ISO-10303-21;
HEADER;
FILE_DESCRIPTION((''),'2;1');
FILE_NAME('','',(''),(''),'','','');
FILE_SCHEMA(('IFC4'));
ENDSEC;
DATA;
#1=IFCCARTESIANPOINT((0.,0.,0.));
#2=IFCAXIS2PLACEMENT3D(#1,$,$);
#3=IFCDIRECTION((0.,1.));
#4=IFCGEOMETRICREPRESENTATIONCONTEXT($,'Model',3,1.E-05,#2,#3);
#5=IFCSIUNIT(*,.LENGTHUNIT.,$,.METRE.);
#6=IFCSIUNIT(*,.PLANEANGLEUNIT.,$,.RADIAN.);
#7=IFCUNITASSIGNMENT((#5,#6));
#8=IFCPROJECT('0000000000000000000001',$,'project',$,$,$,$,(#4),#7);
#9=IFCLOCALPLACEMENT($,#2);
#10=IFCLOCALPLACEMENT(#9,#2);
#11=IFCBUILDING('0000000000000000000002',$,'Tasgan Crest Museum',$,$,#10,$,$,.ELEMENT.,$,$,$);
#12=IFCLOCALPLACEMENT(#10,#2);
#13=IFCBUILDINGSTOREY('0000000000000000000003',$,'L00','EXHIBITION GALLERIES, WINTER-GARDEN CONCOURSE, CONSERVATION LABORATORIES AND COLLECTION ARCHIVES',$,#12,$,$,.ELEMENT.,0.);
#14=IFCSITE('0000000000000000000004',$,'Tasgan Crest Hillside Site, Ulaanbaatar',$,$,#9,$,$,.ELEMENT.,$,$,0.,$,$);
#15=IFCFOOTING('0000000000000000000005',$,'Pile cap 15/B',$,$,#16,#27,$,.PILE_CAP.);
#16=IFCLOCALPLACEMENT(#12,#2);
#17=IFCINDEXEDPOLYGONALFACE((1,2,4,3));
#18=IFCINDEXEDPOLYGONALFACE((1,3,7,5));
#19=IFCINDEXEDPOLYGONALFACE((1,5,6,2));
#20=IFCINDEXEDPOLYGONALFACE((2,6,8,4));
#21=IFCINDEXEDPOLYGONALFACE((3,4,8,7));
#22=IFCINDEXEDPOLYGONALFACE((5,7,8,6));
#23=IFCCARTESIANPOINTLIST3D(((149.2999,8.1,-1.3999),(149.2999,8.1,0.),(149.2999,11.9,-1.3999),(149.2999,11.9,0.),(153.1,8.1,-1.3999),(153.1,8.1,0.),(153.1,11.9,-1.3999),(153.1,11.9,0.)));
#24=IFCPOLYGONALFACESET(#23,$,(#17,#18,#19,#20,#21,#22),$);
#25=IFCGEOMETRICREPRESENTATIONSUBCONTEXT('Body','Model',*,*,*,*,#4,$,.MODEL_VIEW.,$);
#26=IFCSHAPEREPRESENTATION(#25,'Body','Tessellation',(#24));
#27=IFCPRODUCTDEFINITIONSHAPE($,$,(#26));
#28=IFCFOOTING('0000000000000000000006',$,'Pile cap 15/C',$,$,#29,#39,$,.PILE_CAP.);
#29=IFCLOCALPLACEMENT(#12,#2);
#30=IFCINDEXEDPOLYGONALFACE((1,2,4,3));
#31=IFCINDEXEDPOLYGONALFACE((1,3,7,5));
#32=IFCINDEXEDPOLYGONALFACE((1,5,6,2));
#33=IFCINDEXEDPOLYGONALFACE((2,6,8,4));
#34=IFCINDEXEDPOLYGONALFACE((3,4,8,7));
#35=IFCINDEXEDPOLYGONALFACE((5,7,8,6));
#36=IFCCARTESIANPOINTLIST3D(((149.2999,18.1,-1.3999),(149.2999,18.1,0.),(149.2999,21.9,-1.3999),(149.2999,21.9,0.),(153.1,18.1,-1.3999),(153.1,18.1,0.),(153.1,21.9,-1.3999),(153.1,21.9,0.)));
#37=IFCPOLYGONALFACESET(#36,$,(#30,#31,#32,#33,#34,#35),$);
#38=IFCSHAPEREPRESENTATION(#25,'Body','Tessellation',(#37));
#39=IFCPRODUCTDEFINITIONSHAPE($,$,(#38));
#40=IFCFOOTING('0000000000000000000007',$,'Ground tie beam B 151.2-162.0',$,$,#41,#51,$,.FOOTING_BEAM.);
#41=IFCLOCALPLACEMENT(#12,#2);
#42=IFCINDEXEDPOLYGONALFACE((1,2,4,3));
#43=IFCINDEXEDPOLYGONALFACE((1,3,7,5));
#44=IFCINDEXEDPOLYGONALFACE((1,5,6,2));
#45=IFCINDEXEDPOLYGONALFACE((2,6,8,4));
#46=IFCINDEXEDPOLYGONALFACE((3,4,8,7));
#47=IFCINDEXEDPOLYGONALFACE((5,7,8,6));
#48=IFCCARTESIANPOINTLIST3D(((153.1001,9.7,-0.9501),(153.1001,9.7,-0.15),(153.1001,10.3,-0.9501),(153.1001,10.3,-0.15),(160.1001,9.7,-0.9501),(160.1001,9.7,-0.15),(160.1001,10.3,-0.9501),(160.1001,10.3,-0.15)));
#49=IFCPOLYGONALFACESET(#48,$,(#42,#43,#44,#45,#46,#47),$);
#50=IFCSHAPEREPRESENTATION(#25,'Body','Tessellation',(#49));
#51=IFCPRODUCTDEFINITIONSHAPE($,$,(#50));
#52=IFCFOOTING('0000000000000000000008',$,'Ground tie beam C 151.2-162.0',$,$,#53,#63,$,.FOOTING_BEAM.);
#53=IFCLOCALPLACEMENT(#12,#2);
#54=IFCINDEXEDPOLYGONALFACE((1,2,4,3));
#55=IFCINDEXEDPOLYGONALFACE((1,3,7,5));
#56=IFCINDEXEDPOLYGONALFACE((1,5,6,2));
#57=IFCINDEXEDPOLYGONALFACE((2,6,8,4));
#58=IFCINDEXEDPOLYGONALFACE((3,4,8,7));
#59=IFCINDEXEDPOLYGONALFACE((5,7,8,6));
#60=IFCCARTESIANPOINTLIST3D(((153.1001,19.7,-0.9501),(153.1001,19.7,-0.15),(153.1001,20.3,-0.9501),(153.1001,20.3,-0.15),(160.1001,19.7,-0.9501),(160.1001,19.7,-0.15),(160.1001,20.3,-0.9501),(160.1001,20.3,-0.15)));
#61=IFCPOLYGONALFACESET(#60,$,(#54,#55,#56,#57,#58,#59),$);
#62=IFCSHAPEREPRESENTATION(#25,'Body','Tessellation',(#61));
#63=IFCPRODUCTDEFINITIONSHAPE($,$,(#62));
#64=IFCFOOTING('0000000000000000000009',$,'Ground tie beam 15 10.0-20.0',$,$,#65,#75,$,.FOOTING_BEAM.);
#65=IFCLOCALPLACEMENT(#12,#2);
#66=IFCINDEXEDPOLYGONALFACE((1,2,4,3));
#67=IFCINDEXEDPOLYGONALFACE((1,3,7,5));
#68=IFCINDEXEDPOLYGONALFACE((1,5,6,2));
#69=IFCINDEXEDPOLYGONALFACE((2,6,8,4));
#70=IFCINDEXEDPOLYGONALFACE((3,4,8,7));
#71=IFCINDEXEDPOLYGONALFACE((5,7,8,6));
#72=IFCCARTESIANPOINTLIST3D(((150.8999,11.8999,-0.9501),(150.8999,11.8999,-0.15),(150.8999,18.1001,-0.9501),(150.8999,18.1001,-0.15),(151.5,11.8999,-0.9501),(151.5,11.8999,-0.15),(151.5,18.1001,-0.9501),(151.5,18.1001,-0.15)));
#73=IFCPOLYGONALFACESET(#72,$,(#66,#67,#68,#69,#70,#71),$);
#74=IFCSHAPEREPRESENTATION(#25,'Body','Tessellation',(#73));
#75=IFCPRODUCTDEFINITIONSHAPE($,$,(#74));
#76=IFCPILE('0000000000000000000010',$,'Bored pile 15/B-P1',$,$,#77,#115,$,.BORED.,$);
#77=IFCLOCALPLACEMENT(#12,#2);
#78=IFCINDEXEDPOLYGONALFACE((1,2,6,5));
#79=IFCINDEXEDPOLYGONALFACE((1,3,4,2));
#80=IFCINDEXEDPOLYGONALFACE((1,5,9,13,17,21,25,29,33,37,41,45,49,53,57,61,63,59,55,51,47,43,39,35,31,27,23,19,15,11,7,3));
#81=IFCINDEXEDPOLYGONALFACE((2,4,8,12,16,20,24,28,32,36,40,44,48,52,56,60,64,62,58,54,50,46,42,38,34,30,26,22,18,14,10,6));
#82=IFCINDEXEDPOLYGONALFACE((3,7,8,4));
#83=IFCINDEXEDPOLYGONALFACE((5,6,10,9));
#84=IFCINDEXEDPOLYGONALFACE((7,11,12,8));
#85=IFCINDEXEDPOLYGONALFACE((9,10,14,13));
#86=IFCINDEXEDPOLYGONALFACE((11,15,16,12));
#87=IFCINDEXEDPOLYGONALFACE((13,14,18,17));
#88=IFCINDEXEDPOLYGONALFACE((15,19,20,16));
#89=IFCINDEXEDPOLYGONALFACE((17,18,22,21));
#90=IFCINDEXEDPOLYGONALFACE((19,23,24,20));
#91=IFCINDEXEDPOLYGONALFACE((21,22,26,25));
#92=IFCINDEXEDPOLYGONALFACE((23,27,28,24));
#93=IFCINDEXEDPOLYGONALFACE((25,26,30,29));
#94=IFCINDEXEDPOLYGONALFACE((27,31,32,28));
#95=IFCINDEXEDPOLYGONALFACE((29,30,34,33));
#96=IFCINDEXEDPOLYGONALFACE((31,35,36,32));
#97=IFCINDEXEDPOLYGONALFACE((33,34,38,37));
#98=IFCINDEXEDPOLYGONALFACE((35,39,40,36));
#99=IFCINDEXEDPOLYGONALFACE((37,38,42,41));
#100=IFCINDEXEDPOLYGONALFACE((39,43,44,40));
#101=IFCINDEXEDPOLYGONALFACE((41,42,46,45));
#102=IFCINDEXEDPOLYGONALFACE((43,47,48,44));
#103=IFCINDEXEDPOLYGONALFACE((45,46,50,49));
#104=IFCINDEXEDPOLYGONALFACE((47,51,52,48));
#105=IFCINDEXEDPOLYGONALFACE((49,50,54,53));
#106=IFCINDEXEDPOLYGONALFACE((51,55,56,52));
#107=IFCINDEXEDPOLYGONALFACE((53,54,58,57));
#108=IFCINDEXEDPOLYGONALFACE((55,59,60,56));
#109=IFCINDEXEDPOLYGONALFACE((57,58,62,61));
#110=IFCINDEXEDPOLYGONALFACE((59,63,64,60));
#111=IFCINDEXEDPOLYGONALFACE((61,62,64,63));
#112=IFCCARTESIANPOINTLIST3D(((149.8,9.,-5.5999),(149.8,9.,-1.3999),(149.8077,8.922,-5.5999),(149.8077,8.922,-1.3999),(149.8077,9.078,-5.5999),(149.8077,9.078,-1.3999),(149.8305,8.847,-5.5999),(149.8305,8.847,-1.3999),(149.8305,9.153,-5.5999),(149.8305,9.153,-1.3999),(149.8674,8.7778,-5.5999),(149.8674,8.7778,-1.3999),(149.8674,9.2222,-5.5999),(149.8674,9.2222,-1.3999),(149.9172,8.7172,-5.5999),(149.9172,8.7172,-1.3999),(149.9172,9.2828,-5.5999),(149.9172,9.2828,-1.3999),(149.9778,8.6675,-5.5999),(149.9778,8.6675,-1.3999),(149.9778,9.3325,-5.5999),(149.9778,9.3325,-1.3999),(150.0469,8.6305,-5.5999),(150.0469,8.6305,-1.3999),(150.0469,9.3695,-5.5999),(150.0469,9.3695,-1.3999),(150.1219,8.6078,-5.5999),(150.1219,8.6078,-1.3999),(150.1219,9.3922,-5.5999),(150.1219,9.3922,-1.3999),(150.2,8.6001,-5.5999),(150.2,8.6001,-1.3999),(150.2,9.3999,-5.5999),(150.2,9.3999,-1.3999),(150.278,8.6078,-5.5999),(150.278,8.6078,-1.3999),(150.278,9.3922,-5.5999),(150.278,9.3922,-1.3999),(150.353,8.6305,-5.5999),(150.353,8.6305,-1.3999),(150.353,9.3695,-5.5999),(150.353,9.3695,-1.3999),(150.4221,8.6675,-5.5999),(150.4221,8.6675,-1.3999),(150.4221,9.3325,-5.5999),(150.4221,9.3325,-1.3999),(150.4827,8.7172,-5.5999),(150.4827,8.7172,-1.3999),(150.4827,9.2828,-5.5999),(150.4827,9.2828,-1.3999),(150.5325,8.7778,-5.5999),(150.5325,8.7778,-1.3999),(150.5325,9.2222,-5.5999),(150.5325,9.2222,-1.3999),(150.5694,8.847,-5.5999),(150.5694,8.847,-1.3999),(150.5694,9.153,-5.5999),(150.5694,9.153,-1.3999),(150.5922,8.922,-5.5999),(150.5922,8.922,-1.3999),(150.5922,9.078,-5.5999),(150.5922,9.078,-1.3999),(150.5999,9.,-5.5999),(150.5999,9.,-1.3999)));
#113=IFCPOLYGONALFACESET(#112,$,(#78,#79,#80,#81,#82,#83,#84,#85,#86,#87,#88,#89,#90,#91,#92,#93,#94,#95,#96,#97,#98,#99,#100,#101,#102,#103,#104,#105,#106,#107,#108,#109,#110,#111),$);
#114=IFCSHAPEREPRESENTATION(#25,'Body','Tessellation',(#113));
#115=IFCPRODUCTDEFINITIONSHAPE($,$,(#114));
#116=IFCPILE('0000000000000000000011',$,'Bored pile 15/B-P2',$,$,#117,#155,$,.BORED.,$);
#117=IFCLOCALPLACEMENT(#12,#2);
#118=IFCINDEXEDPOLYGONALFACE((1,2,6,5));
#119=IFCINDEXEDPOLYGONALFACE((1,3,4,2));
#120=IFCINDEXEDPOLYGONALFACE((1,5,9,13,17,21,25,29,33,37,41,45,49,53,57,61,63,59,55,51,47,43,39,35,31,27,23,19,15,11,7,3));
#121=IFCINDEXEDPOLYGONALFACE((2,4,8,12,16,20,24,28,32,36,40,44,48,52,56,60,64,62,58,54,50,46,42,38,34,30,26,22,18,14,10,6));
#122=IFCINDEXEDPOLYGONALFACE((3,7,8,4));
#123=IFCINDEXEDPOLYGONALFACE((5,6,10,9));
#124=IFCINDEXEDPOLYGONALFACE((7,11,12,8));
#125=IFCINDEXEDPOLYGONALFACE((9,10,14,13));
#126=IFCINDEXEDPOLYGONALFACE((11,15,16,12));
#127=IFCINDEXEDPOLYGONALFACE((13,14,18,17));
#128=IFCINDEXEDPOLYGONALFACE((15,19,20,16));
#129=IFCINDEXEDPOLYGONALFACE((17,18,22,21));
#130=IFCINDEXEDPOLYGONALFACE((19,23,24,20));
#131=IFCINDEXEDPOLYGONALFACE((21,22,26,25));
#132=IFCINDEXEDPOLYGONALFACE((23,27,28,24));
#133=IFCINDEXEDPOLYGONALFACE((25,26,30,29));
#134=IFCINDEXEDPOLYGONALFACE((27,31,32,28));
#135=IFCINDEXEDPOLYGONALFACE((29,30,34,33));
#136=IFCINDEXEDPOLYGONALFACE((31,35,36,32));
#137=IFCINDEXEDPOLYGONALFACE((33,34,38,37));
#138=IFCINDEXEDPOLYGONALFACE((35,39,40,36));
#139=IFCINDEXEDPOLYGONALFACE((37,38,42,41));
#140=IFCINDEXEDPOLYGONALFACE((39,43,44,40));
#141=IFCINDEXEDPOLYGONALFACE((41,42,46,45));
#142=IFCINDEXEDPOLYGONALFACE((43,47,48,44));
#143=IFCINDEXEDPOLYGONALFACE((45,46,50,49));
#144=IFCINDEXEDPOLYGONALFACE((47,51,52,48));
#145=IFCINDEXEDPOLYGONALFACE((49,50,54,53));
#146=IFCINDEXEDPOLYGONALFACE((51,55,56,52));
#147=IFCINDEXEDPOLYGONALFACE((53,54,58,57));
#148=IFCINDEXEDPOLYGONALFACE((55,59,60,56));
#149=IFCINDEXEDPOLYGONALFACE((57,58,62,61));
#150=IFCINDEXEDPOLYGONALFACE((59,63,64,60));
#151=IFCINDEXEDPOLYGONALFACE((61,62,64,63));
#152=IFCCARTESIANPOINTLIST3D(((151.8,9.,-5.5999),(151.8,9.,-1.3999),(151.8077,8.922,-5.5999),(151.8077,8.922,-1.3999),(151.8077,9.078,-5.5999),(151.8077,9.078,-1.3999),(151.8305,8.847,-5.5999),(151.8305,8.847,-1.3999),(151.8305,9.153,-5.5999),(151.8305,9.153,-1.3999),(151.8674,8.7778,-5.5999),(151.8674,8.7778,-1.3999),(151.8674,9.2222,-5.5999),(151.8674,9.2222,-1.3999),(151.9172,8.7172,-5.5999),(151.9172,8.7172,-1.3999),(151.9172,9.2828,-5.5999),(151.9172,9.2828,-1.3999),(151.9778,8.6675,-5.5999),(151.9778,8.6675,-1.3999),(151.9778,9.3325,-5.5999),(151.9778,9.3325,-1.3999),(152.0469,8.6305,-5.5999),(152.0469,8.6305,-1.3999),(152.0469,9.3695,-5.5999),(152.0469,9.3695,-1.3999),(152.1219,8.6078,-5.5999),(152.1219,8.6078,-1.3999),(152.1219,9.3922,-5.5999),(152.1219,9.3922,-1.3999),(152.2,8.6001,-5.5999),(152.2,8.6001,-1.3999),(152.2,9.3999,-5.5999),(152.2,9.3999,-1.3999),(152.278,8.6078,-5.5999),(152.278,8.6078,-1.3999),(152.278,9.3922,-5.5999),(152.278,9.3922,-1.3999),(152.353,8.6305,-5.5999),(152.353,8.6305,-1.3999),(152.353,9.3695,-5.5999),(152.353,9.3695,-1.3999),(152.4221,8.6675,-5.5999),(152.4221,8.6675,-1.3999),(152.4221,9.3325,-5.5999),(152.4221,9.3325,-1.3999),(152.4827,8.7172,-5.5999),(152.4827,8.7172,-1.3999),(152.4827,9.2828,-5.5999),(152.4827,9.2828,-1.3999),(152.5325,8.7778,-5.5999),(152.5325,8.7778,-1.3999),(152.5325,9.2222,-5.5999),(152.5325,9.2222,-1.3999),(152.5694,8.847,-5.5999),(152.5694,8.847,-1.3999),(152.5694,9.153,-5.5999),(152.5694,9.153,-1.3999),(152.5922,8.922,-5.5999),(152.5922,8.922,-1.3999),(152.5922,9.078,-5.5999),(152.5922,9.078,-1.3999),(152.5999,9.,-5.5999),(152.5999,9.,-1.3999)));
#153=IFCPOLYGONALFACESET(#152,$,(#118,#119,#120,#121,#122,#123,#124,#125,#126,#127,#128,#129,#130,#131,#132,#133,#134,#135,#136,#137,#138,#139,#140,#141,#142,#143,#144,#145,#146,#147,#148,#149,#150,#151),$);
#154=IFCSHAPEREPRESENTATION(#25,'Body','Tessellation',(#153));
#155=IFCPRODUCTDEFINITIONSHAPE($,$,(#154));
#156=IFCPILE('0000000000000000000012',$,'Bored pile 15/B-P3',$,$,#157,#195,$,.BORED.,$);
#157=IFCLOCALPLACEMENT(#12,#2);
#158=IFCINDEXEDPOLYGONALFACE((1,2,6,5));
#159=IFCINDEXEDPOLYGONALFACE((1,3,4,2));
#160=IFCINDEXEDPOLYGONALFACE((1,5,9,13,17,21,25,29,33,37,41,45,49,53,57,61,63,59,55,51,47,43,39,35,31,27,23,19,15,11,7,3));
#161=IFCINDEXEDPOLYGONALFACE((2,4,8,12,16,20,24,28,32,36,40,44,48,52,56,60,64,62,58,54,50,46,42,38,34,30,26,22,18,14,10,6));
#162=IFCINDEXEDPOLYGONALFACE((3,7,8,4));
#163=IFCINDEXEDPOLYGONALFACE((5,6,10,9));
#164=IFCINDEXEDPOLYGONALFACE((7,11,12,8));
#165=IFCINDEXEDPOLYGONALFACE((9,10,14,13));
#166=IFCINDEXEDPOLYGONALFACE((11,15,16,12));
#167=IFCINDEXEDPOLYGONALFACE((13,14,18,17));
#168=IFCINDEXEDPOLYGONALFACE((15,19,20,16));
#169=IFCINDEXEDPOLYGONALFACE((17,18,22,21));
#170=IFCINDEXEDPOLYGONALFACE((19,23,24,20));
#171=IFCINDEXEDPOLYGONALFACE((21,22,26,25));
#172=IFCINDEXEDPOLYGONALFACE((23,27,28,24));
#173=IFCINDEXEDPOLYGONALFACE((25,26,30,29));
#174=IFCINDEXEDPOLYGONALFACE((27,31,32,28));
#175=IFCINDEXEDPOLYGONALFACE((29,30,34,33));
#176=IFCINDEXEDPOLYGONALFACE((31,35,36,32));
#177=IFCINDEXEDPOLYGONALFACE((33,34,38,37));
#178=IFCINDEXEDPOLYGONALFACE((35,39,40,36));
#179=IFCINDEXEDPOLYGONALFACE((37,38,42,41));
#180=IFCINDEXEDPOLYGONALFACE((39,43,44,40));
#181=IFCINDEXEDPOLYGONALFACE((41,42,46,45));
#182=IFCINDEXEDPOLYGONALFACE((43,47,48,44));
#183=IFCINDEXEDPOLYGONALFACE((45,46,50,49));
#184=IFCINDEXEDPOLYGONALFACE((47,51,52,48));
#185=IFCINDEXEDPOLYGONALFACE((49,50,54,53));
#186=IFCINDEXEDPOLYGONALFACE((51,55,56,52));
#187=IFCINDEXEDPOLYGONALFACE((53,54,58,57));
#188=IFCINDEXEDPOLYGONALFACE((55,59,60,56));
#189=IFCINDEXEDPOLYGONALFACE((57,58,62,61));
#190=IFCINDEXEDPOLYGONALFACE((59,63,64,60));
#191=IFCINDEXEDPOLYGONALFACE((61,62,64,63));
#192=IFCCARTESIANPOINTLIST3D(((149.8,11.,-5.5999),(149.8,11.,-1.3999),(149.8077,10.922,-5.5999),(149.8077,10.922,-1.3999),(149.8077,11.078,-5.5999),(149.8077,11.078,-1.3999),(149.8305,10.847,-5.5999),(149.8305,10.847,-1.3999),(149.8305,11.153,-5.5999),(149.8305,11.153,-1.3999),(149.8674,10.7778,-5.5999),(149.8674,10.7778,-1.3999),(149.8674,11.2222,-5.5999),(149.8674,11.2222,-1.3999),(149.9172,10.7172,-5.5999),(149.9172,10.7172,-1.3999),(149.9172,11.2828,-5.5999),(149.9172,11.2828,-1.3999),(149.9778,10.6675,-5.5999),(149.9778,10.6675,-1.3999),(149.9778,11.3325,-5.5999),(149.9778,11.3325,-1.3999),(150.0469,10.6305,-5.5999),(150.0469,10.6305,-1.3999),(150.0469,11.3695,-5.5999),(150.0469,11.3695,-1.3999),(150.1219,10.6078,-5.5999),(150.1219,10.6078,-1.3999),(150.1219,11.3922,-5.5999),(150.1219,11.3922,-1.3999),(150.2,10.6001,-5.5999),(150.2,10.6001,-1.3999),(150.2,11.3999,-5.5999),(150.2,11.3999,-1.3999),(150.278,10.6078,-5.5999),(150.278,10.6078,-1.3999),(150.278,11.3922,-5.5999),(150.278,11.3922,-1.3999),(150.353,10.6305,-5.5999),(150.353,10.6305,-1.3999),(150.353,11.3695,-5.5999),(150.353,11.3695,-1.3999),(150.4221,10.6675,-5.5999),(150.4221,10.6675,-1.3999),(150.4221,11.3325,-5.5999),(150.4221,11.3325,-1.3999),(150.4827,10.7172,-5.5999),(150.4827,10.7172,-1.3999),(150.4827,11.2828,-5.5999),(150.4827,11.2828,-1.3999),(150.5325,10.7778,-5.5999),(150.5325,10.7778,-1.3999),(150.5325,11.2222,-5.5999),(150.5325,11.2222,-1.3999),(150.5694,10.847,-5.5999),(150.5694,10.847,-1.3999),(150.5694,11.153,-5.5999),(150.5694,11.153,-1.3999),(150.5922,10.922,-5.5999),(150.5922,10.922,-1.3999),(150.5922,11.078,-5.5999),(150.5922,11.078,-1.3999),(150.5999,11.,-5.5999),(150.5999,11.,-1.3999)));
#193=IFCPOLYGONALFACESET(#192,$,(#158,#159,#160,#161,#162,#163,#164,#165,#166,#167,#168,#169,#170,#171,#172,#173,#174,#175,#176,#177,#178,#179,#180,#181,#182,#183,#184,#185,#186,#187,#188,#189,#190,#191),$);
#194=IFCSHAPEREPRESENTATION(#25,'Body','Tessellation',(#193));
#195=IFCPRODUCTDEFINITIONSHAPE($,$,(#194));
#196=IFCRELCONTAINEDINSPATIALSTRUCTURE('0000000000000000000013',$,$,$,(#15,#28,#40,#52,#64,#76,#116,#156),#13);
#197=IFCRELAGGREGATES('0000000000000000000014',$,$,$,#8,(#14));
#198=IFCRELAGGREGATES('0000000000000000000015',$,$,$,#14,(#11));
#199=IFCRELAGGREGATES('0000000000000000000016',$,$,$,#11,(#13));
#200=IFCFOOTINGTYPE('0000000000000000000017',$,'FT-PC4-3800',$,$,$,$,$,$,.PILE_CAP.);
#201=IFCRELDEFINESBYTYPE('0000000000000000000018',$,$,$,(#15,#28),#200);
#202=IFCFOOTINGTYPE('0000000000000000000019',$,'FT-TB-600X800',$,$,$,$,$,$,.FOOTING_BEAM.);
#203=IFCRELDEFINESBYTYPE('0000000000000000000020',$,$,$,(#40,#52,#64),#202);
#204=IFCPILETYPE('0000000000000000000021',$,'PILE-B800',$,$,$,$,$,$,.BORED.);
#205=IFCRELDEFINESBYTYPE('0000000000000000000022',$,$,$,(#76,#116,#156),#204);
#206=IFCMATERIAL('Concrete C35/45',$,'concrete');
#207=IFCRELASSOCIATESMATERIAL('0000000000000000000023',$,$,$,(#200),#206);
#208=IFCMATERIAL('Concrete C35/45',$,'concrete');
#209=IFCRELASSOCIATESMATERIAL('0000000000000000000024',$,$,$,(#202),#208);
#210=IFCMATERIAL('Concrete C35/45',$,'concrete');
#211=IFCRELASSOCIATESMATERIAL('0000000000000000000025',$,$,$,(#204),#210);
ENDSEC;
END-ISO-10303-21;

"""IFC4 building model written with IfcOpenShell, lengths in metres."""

from ifc_helpers import new_model, si_unit, direction, frame, origin, origin_2d, place, context, subcontext, project, spatial, rectangle, circle, extrude, material, material_profile, profile_set, type_object, element, save


model = new_model("IFC4")

# Units and contexts
model_context = context("Model", 3, precision=1e-05, world=origin(), true_north=direction((0.0, 1.0)))
body_context = subcontext(model_context, "Body", "Model", "MODEL_VIEW")
ifc_project = project(units=[si_unit("LENGTHUNIT", "METRE"), si_unit("PLANEANGLEUNIT", "RADIAN")], contexts=[model_context])

# Site, building, storey
site_placement = place(None, origin())
site = spatial("IfcSite", under=ifc_project, at=site_placement, Name="Tasgan Crest Hillside Site, Ulaanbaatar", CompositionType="ELEMENT", RefElevation=0.0)
building_placement = place(site_placement, origin())
building = spatial("IfcBuilding", under=site, at=building_placement, Name="Tasgan Crest Museum", CompositionType="ELEMENT")
storey_placement = place(building_placement, origin())
storey = spatial("IfcBuildingStorey", under=building, at=storey_placement, Name="L00", Description="EXHIBITION GALLERIES, WINTER-GARDEN CONCOURSE, CONSERVATION LABORATORIES AND COLLECTION ARCHIVES", CompositionType="ELEMENT", Elevation=0.0)

# Footings
ifc_material_1 = material(Name="Concrete C35/45", Category="concrete")
footing_type_1 = type_object("IfcFootingType", Name="FT-PC4-3800", PredefinedType="PILE_CAP", material=ifc_material_1)
for number, where, z_axis, x_axis, name in (
    (1, (151.2, 10.0, -1.3999), (0.0, 0.0, 1.0), (1.0, 0.0, 0.0), "Pile cap 15/B"),
    (2, (151.2, 20.0, -1.3999), (0.0, 0.0, 1.0), (1.0, 0.0, 0.0), "Pile cap 15/C"),
):
    element("IfcFooting", number, at=place(storey_placement, frame(where, z_axis=z_axis, x_axis=x_axis)), inside=storey, type_object=footing_type_1, Name=name, PredefinedType="PILE_CAP", context=body_context, shape_type="SweptSolid", body=[
        extrude(rectangle(XDim=3.8, YDim=3.8, at=origin_2d()), origin(), (0.0, 0.0, 1.0), 1.3999),
    ])
ifc_material_2 = material(Name="Concrete C35/45", Category="concrete")
ifc_material_profile_1 = material_profile(ifc_material_2, rectangle(XDim=0.6001, YDim=0.8, at=origin_2d()), Name="TB 600x800")
ifc_profile_set_1 = profile_set([ifc_material_profile_1], Name="Concrete C35/45")
footing_type_2 = type_object("IfcFootingType", Name="FT-TB-600X800", PredefinedType="FOOTING_BEAM", material=ifc_profile_set_1)
for number, where, z_axis, x_axis, name in (
    (3, (153.1001, 10.0, -0.55), (1.0, 0.0, 0.0), (0.0, 1.0, 0.0), "Ground tie beam B 151.2-162.0"),
    (4, (153.1001, 20.0, -0.55), (1.0, 0.0, 0.0), (0.0, 1.0, 0.0), "Ground tie beam C 151.2-162.0"),
):
    element("IfcFooting", number, at=place(storey_placement, frame(where, z_axis=z_axis, x_axis=x_axis)), inside=storey, type_object=footing_type_2, Name=name, PredefinedType="FOOTING_BEAM", context=body_context, shape_type="SweptSolid", body=[
        extrude(rectangle(XDim=0.6001, YDim=0.8, at=origin_2d()), origin(), (0.0, 0.0, 1.0), 7.0),
    ])
footing_placement = place(storey_placement, frame((151.2, 11.8999, -0.55), z_axis=(0.0, 1.0, 0.0), x_axis=(-1.0, 0.0, 0.0)))
element("IfcFooting", 5, at=footing_placement, inside=storey, type_object=footing_type_2, Name="Ground tie beam 15 10.0-20.0", PredefinedType="FOOTING_BEAM", context=body_context, shape_type="SweptSolid", body=[
    extrude(rectangle(XDim=0.6001, YDim=0.8, at=origin_2d()), origin(), (0.0, 0.0, 1.0), 6.2002),
])

# Piles
ifc_material_3 = material(Name="Concrete C35/45", Category="concrete")
ifc_material_profile_2 = material_profile(ifc_material_3, circle(Radius=0.3999, at=origin_2d()), Name="PILE D800")
ifc_profile_set_2 = profile_set([ifc_material_profile_2], Name="Concrete C35/45")
pile_type = type_object("IfcPileType", Name="PILE-B800", PredefinedType="BORED", material=ifc_profile_set_2)
for number, where, z_axis, x_axis, name in (
    (6, (150.2, 9.0, -1.3999), (0.0, 0.0, -1.0), (1.0, 0.0, 0.0), "Bored pile 15/B-P1"),
    (7, (152.2, 9.0, -1.3999), (0.0, 0.0, -1.0), (1.0, 0.0, 0.0), "Bored pile 15/B-P2"),
    (8, (150.2, 11.0, -1.3999), (0.0, 0.0, -1.0), (1.0, 0.0, 0.0), "Bored pile 15/B-P3"),
):
    element("IfcPile", number, at=place(storey_placement, frame(where, z_axis=z_axis, x_axis=x_axis)), inside=storey, type_object=pile_type, Name=name, PredefinedType="BORED", context=body_context, shape_type="SweptSolid", body=[
        extrude(circle(Radius=0.3999, at=origin_2d()), origin(), (0.0, 0.0, 1.0), 4.2),
    ])

save(model, "model.ifc")
